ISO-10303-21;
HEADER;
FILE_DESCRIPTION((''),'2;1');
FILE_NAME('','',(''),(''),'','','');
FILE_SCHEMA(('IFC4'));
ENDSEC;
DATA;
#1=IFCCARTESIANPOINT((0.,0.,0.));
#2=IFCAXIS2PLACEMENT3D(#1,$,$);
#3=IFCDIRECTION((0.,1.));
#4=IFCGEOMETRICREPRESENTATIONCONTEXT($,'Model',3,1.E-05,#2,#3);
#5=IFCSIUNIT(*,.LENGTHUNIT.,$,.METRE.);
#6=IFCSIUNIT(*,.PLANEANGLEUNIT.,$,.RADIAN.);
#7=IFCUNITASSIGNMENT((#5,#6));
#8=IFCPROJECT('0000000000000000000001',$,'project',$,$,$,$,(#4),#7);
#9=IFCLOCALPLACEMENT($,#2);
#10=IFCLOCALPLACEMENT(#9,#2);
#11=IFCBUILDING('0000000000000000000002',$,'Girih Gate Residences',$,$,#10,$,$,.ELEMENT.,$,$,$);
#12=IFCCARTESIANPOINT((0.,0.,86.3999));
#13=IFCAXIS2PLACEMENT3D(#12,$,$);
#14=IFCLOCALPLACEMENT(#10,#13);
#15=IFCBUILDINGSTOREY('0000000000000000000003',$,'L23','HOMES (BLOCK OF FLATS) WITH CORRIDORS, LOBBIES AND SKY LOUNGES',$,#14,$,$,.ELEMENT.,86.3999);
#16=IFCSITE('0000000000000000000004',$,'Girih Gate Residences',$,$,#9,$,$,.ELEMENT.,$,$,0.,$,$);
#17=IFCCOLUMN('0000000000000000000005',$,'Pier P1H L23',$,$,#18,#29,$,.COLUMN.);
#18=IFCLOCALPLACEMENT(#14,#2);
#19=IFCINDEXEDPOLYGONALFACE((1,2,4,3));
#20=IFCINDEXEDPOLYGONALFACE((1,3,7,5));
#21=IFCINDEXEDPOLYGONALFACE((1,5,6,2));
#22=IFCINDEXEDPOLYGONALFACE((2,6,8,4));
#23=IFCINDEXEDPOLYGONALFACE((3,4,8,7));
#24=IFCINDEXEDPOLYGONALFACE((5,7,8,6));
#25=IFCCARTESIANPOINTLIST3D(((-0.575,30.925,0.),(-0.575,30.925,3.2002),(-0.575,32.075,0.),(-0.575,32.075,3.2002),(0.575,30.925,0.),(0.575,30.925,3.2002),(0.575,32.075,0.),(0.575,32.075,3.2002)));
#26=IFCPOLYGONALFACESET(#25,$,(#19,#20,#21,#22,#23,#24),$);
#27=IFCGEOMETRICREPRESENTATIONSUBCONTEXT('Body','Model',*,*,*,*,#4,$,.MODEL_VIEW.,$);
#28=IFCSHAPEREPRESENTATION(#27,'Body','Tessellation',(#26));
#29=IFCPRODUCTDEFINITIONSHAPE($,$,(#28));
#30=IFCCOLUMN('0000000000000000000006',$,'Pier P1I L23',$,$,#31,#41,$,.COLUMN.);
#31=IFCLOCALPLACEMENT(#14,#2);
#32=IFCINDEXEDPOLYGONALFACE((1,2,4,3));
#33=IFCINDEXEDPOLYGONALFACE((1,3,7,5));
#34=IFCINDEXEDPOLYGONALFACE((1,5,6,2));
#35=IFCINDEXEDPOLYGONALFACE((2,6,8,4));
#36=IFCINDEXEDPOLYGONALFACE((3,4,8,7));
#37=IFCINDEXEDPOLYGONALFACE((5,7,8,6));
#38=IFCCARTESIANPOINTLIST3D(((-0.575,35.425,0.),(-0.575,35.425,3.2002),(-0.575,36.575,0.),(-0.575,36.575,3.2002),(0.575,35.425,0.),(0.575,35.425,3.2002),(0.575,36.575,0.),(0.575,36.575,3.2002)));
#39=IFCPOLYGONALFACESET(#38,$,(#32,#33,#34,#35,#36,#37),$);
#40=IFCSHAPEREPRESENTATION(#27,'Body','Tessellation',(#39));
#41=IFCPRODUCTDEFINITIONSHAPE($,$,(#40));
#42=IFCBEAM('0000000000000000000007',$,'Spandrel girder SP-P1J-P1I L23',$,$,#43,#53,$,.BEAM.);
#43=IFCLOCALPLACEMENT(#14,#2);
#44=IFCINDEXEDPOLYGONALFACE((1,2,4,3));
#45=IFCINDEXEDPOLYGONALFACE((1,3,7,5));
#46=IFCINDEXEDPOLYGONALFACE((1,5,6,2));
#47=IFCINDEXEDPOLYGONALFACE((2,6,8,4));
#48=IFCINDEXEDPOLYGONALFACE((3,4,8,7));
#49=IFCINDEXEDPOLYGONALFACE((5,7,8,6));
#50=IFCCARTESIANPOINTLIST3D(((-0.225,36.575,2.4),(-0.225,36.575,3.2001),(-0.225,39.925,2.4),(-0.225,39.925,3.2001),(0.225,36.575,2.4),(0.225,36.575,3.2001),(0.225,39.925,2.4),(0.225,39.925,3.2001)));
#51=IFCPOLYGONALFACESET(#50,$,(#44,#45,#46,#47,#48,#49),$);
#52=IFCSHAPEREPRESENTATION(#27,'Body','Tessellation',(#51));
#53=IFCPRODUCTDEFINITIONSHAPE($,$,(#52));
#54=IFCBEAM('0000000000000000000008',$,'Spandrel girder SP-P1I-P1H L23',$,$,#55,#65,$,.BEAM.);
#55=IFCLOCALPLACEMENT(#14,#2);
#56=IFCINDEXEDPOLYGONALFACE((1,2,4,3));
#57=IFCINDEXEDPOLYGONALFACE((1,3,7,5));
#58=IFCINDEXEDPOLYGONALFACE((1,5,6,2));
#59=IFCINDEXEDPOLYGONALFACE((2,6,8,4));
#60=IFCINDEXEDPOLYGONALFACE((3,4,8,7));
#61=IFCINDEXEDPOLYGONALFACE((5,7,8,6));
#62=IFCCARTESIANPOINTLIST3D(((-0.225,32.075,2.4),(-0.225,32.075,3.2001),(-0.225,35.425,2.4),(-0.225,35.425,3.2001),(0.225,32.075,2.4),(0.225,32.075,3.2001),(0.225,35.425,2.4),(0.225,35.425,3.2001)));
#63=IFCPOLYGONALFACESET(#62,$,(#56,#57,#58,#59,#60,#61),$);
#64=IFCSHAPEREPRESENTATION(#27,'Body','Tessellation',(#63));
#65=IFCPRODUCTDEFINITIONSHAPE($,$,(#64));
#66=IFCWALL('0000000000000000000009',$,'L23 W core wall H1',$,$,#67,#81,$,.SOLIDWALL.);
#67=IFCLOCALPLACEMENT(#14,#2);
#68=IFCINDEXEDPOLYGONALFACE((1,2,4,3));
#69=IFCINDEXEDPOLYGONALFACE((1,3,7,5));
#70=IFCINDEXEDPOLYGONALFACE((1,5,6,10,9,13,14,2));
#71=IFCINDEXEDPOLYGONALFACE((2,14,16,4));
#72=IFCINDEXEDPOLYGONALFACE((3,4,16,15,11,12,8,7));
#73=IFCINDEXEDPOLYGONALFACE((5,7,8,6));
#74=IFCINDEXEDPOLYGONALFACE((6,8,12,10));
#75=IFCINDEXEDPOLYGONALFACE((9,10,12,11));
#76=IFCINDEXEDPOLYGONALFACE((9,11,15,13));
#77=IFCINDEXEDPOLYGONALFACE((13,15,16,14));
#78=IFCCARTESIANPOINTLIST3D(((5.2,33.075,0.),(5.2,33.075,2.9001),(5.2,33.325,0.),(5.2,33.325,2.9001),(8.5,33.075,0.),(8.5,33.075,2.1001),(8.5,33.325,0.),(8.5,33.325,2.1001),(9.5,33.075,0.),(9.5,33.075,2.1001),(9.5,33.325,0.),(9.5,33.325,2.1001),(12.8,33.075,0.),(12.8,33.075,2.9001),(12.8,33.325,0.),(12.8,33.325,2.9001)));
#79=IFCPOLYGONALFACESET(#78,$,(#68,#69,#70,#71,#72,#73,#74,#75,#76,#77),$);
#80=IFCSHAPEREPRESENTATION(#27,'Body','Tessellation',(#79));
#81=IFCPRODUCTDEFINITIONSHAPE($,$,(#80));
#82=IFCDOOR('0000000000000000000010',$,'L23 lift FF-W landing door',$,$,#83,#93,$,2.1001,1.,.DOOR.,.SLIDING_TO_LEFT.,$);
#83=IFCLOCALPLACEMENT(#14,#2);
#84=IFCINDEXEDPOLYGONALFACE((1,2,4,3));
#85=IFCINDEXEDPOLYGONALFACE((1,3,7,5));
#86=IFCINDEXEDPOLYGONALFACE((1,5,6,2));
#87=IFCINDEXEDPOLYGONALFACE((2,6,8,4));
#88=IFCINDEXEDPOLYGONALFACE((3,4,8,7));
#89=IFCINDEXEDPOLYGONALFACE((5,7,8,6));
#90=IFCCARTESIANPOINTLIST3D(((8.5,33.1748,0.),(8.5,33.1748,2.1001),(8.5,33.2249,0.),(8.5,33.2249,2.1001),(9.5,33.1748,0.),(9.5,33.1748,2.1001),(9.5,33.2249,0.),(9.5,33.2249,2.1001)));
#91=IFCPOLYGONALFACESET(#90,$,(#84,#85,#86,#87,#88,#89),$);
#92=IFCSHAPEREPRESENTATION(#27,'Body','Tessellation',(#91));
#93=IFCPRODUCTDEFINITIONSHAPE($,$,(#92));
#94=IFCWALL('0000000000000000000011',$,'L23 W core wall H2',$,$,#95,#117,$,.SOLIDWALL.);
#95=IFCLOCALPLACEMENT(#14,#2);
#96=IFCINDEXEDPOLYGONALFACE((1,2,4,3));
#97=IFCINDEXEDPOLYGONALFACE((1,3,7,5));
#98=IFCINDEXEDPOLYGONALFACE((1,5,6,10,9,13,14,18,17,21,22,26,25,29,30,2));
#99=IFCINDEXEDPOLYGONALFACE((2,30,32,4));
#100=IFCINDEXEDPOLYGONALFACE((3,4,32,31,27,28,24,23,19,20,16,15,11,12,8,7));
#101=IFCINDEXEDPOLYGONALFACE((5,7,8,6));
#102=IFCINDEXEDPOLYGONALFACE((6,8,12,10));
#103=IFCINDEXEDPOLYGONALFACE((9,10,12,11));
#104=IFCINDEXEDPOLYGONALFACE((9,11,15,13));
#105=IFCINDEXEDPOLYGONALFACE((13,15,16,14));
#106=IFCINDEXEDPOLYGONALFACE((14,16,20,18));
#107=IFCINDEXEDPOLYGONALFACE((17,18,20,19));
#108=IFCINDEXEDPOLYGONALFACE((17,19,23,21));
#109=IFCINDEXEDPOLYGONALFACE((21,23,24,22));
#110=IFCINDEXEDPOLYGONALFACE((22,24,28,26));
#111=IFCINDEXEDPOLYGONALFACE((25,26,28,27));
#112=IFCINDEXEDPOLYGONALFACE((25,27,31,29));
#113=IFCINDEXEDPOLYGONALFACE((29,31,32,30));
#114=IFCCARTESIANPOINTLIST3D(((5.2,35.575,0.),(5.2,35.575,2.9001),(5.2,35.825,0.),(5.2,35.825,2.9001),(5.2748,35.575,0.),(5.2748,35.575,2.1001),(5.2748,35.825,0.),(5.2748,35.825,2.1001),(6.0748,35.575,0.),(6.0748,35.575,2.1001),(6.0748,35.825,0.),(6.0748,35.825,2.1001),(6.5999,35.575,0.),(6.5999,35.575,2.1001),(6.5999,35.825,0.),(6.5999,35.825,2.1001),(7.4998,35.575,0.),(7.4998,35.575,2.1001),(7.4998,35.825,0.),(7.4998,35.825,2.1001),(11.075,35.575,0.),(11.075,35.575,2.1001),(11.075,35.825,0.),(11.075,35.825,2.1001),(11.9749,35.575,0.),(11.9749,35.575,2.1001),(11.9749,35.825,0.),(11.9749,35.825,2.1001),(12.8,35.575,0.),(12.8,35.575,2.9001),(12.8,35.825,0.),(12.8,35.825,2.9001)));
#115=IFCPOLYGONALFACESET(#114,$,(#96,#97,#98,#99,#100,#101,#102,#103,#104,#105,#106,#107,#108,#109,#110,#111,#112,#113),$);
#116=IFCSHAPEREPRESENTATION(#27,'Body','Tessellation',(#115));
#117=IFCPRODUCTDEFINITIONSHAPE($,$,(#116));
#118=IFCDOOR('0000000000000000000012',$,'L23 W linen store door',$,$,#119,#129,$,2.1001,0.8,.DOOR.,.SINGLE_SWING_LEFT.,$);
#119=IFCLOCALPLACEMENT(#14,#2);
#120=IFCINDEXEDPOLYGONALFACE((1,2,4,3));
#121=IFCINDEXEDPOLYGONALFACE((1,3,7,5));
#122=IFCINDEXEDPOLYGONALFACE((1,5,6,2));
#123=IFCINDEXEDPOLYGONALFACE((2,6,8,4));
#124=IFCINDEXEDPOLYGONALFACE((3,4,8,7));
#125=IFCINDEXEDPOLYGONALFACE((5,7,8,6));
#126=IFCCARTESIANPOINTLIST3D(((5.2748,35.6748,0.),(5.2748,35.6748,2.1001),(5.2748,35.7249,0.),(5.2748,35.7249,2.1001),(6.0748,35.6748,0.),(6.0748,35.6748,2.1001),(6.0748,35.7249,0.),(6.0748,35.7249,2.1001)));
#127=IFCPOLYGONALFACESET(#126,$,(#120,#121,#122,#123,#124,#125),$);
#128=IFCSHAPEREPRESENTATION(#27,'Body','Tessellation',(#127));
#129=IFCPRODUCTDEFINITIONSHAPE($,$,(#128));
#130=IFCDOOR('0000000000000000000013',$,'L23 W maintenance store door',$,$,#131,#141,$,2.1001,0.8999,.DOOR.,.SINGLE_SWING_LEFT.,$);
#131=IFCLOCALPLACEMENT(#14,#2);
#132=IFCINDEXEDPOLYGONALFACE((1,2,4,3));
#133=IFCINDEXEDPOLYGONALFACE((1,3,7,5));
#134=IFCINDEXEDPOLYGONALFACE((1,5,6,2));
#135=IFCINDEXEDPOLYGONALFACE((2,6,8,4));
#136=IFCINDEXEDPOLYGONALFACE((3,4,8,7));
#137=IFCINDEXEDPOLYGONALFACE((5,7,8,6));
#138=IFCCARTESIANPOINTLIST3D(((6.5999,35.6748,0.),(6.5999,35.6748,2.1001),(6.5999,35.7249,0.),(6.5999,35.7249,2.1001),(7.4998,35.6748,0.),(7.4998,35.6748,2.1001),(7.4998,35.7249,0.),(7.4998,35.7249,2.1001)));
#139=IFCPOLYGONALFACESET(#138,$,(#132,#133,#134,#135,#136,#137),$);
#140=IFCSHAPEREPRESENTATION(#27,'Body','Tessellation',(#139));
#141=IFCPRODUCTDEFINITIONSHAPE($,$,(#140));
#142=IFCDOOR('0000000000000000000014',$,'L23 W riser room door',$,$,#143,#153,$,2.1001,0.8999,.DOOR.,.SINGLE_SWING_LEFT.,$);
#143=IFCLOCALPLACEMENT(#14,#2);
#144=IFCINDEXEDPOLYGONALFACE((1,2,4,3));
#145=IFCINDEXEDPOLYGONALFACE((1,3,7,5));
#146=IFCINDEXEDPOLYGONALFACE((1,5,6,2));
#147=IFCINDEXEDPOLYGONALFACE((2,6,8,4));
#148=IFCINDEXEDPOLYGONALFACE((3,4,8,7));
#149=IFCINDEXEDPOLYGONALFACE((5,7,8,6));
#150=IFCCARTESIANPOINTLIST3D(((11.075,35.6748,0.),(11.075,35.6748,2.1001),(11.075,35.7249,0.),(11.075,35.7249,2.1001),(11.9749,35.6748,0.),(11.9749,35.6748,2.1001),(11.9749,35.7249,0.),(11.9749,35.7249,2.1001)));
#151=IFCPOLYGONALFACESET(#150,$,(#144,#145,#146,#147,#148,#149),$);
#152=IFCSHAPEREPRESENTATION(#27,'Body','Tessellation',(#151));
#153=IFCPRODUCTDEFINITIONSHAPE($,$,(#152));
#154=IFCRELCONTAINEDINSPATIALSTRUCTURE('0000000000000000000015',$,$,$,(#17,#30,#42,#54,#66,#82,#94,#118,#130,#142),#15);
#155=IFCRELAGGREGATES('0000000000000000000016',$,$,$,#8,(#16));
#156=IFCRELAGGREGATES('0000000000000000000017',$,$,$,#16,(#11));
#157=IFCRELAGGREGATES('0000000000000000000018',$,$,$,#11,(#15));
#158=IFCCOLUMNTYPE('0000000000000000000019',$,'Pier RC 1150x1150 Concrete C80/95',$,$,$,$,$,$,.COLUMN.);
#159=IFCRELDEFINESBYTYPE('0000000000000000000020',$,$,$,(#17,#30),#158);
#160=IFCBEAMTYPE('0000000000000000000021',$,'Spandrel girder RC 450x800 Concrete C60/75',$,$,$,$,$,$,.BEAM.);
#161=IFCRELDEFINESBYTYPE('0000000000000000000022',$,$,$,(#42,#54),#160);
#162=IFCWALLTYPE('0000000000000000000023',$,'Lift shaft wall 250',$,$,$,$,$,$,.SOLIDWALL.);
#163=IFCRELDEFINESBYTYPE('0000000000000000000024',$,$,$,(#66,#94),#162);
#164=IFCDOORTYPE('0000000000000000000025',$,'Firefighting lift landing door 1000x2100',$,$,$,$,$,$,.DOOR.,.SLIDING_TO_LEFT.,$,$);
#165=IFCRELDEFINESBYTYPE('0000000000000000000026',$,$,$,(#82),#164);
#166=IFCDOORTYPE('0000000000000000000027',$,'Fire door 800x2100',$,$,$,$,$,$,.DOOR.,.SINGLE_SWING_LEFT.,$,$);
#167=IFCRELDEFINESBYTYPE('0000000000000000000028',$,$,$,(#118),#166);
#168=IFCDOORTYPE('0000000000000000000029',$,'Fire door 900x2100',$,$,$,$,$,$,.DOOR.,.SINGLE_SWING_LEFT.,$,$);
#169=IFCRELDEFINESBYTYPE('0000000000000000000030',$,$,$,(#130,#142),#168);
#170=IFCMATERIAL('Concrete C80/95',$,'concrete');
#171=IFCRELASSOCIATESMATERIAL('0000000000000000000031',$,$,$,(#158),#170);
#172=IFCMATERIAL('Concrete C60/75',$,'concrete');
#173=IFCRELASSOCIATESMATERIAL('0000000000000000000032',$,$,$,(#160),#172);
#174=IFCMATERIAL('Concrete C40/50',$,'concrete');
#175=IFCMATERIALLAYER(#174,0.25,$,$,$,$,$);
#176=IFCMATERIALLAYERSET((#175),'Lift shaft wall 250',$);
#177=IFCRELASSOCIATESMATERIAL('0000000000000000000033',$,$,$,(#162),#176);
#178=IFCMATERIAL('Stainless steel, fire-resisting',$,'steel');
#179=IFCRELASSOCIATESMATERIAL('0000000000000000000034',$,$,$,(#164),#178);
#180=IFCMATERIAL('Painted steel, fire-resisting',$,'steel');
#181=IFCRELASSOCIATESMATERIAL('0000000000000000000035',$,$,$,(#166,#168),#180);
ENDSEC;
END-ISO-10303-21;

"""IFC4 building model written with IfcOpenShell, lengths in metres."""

from ifc_helpers import new_model, si_unit, direction, frame, frame_2d, origin, origin_2d, place, context, subcontext, project, spatial, rectangle, extrude, material, layer, layer_set, material_profile, profile_set, type_object, element, fill, save


model = new_model("IFC4")

# Units and contexts
model_context = context("Model", 3, precision=1e-05, world=origin(), true_north=direction((0.0, 1.0)))
body_context = subcontext(model_context, "Body", "Model", "MODEL_VIEW")
ifc_project = project(units=[si_unit("LENGTHUNIT", "METRE"), si_unit("PLANEANGLEUNIT", "RADIAN")], contexts=[model_context])

# Site, building, storey
site_placement = place(None, origin())
site = spatial("IfcSite", under=ifc_project, at=site_placement, Name="Girih Gate Residences", CompositionType="ELEMENT", RefElevation=0.0)
building_placement = place(site_placement, origin())
building = spatial("IfcBuilding", under=site, at=building_placement, Name="Girih Gate Residences", CompositionType="ELEMENT")
storey_placement = place(building_placement, frame((0.0, 0.0, 86.3999)))
storey = spatial("IfcBuildingStorey", under=building, at=storey_placement, Name="L23", Description="HOMES (BLOCK OF FLATS) WITH CORRIDORS, LOBBIES AND SKY LOUNGES", CompositionType="ELEMENT", Elevation=86.3999)

# Columns
ifc_material_1 = material(Name="Concrete C80/95", Category="concrete")
ifc_material_profile_1 = material_profile(ifc_material_1, rectangle(XDim=1.1499, YDim=1.1499, at=origin_2d()))
ifc_profile_set_1 = profile_set([ifc_material_profile_1], Name="Concrete C80/95")
column_type = type_object("IfcColumnType", Name="Pier RC 1150x1150 Concrete C80/95", PredefinedType="COLUMN", material=ifc_profile_set_1)
for number, where, z_axis, x_axis, name in (
    (1, (0.0, 31.5, 0.0), (0.0, 0.0, 1.0), (1.0, 0.0, 0.0), "Pier P1H L23"),
    (2, (0.0, 36.0, 0.0), (0.0, 0.0, 1.0), (1.0, 0.0, 0.0), "Pier P1I L23"),
):
    element("IfcColumn", number, at=place(storey_placement, frame(where, z_axis=z_axis, x_axis=x_axis)), inside=storey, type_object=column_type, Name=name, PredefinedType="COLUMN", context=body_context, shape_type="SweptSolid", body=[
        extrude(rectangle(XDim=1.1499, YDim=1.1499, at=origin_2d()), origin(), (0.0, 0.0, 1.0), 3.2002),
    ])

# Beams
ifc_material_2 = material(Name="Concrete C60/75", Category="concrete")
ifc_material_profile_2 = material_profile(ifc_material_2, rectangle(XDim=0.45, YDim=0.8, at=origin_2d()))
ifc_profile_set_2 = profile_set([ifc_material_profile_2], Name="Concrete C60/75")
beam_type = type_object("IfcBeamType", Name="Spandrel girder RC 450x800 Concrete C60/75", PredefinedType="BEAM", material=ifc_profile_set_2)
for number, where, z_axis, x_axis, name in (
    (3, (0.0, 39.925, 2.8), (0.0, -1.0, 0.0), (1.0, 0.0, 0.0), "Spandrel girder SP-P1J-P1I L23"),
    (4, (0.0, 35.425, 2.8), (0.0, -1.0, 0.0), (1.0, 0.0, 0.0), "Spandrel girder SP-P1I-P1H L23"),
):
    element("IfcBeam", number, at=place(storey_placement, frame(where, z_axis=z_axis, x_axis=x_axis)), inside=storey, type_object=beam_type, Name=name, PredefinedType="BEAM", context=body_context, shape_type="SweptSolid", body=[
        extrude(rectangle(XDim=0.45, YDim=0.8, at=origin_2d()), origin(), (0.0, 0.0, 1.0), 3.3501),
    ])

# Wall, opening, door
ifc_material_3 = material(Name="Concrete C40/50", Category="concrete")
ifc_layer_1 = layer(ifc_material_3, 0.25)
ifc_layer_set_1 = layer_set([ifc_layer_1], Name="Lift shaft wall 250")
wall_type_1 = type_object("IfcWallType", Name="Lift shaft wall 250", PredefinedType="SOLIDWALL", material=ifc_layer_set_1)
wall_1_placement = place(storey_placement, frame((5.2, 33.2, 0.0), z_axis=(0.0, 0.0, 1.0), x_axis=(1.0, 0.0, 0.0)))
wall_1 = element("IfcWall", 5, at=wall_1_placement, inside=storey, type_object=wall_type_1, Name="L23 W core wall H1", PredefinedType="SOLIDWALL", context=body_context, shape_type="SweptSolid", body=[
    extrude(rectangle(XDim=7.6001, YDim=0.25, at=frame_2d((3.8, 0.0))), origin(), (0.0, 0.0, 1.0), 2.9001),
])
opening_1_placement = place(wall_1_placement, frame((3.3, 0.0, 0.0)))
opening_1 = element("IfcOpeningElement", 6, at=opening_1_placement, cuts=wall_1, PredefinedType="OPENING", context=body_context, shape_type="SweptSolid", body=[
    extrude(rectangle(XDim=1.0, YDim=2.1001, at=frame_2d((0.5, 1.05))), frame((0.0, 0.135, 0.0), z_axis=(0.0, -1.0, 0.0), x_axis=(1.0, 0.0, 0.0)), (0.0, 0.0, 1.0), 0.27),
])
ifc_material_4 = material(Name="Stainless steel, fire-resisting", Category="steel")
door_type_1 = type_object("IfcDoorType", Name="Firefighting lift landing door 1000x2100", OperationType="SLIDING_TO_LEFT", PredefinedType="DOOR", material=ifc_material_4)
door_1_placement = place(opening_1_placement, origin())
door_1 = element("IfcDoor", 7, at=door_1_placement, inside=storey, type_object=door_type_1, Name="L23 lift FF-W landing door", OperationType="SLIDING_TO_LEFT", OverallHeight=2.1001, OverallWidth=1.0, PredefinedType="DOOR", context=body_context, shape_type="SweptSolid", body=[
    extrude(rectangle(XDim=1.0, YDim=2.1001, at=frame_2d((0.5, 1.05))), frame((0.0, 0.0249, 0.0), z_axis=(0.0, -1.0, 0.0), x_axis=(1.0, 0.0, 0.0)), (0.0, 0.0, 1.0), 0.05),
])
fill(opening_1, door_1)

# Wall, openings, doors
wall_2_placement = place(storey_placement, frame((5.2, 35.7, 0.0), z_axis=(0.0, 0.0, 1.0), x_axis=(1.0, 0.0, 0.0)))
wall_2 = element("IfcWall", 8, at=wall_2_placement, inside=storey, type_object=wall_type_1, Name="L23 W core wall H2", PredefinedType="SOLIDWALL", context=body_context, shape_type="SweptSolid", body=[
    extrude(rectangle(XDim=7.6001, YDim=0.25, at=frame_2d((3.8, 0.0))), origin(), (0.0, 0.0, 1.0), 2.9001),
])
opening_2_placement = place(wall_2_placement, frame((0.075, 0.0, 0.0)))
opening_2 = element("IfcOpeningElement", 9, at=opening_2_placement, cuts=wall_2, PredefinedType="OPENING", context=body_context, shape_type="SweptSolid", body=[
    extrude(rectangle(XDim=0.8, YDim=2.1001, at=frame_2d((0.3999, 1.05))), frame((0.0, 0.135, 0.0), z_axis=(0.0, -1.0, 0.0), x_axis=(1.0, 0.0, 0.0)), (0.0, 0.0, 1.0), 0.27),
])
opening_3_placement = place(wall_2_placement, frame((1.3999, 0.0, 0.0)))
opening_3 = element("IfcOpeningElement", 10, at=opening_3_placement, cuts=wall_2, PredefinedType="OPENING", context=body_context, shape_type="SweptSolid", body=[
    extrude(rectangle(XDim=0.8999, YDim=2.1001, at=frame_2d((0.45, 1.05))), frame((0.0, 0.135, 0.0), z_axis=(0.0, -1.0, 0.0), x_axis=(1.0, 0.0, 0.0)), (0.0, 0.0, 1.0), 0.27),
])
opening_4_placement = place(wall_2_placement, frame((5.875, 0.0, 0.0)))
opening_4 = element("IfcOpeningElement", 11, at=opening_4_placement, cuts=wall_2, PredefinedType="OPENING", context=body_context, shape_type="SweptSolid", body=[
    extrude(rectangle(XDim=0.8999, YDim=2.1001, at=frame_2d((0.45, 1.05))), frame((0.0, 0.135, 0.0), z_axis=(0.0, -1.0, 0.0), x_axis=(1.0, 0.0, 0.0)), (0.0, 0.0, 1.0), 0.27),
])
ifc_material_5 = material(Name="Painted steel, fire-resisting", Category="steel")
door_type_2 = type_object("IfcDoorType", Name="Fire door 800x2100", OperationType="SINGLE_SWING_LEFT", PredefinedType="DOOR", material=ifc_material_5)
door_2_placement = place(opening_2_placement, origin())
door_2 = element("IfcDoor", 12, at=door_2_placement, inside=storey, type_object=door_type_2, Name="L23 W linen store door", OperationType="SINGLE_SWING_LEFT", OverallHeight=2.1001, OverallWidth=0.8, PredefinedType="DOOR", context=body_context, shape_type="SweptSolid", body=[
    extrude(rectangle(XDim=0.8, YDim=2.1001, at=frame_2d((0.3999, 1.05))), frame((0.0, 0.0249, 0.0), z_axis=(0.0, -1.0, 0.0), x_axis=(1.0, 0.0, 0.0)), (0.0, 0.0, 1.0), 0.05),
])
fill(opening_2, door_2)
door_type_3 = type_object("IfcDoorType", Name="Fire door 900x2100", OperationType="SINGLE_SWING_LEFT", PredefinedType="DOOR", material=ifc_material_5)
door_3_placement = place(opening_3_placement, origin())
door_3 = element("IfcDoor", 13, at=door_3_placement, inside=storey, type_object=door_type_3, Name="L23 W maintenance store door", OperationType="SINGLE_SWING_LEFT", OverallHeight=2.1001, OverallWidth=0.8999, PredefinedType="DOOR", context=body_context, shape_type="SweptSolid", body=[
    extrude(rectangle(XDim=0.8999, YDim=2.1001, at=frame_2d((0.45, 1.05))), frame((0.0, 0.0249, 0.0), z_axis=(0.0, -1.0, 0.0), x_axis=(1.0, 0.0, 0.0)), (0.0, 0.0, 1.0), 0.05),
])
fill(opening_3, door_3)
door_4_placement = place(opening_4_placement, origin())
door_4 = element("IfcDoor", 14, at=door_4_placement, inside=storey, type_object=door_type_3, Name="L23 W riser room door", OperationType="SINGLE_SWING_LEFT", OverallHeight=2.1001, OverallWidth=0.8999, PredefinedType="DOOR", context=body_context, shape_type="SweptSolid", body=[
    extrude(rectangle(XDim=0.8999, YDim=2.1001, at=frame_2d((0.45, 1.05))), frame((0.0, 0.0249, 0.0), z_axis=(0.0, -1.0, 0.0), x_axis=(1.0, 0.0, 0.0)), (0.0, 0.0, 1.0), 0.05),
])
fill(opening_4, door_4)

save(model, "model.ifc")
